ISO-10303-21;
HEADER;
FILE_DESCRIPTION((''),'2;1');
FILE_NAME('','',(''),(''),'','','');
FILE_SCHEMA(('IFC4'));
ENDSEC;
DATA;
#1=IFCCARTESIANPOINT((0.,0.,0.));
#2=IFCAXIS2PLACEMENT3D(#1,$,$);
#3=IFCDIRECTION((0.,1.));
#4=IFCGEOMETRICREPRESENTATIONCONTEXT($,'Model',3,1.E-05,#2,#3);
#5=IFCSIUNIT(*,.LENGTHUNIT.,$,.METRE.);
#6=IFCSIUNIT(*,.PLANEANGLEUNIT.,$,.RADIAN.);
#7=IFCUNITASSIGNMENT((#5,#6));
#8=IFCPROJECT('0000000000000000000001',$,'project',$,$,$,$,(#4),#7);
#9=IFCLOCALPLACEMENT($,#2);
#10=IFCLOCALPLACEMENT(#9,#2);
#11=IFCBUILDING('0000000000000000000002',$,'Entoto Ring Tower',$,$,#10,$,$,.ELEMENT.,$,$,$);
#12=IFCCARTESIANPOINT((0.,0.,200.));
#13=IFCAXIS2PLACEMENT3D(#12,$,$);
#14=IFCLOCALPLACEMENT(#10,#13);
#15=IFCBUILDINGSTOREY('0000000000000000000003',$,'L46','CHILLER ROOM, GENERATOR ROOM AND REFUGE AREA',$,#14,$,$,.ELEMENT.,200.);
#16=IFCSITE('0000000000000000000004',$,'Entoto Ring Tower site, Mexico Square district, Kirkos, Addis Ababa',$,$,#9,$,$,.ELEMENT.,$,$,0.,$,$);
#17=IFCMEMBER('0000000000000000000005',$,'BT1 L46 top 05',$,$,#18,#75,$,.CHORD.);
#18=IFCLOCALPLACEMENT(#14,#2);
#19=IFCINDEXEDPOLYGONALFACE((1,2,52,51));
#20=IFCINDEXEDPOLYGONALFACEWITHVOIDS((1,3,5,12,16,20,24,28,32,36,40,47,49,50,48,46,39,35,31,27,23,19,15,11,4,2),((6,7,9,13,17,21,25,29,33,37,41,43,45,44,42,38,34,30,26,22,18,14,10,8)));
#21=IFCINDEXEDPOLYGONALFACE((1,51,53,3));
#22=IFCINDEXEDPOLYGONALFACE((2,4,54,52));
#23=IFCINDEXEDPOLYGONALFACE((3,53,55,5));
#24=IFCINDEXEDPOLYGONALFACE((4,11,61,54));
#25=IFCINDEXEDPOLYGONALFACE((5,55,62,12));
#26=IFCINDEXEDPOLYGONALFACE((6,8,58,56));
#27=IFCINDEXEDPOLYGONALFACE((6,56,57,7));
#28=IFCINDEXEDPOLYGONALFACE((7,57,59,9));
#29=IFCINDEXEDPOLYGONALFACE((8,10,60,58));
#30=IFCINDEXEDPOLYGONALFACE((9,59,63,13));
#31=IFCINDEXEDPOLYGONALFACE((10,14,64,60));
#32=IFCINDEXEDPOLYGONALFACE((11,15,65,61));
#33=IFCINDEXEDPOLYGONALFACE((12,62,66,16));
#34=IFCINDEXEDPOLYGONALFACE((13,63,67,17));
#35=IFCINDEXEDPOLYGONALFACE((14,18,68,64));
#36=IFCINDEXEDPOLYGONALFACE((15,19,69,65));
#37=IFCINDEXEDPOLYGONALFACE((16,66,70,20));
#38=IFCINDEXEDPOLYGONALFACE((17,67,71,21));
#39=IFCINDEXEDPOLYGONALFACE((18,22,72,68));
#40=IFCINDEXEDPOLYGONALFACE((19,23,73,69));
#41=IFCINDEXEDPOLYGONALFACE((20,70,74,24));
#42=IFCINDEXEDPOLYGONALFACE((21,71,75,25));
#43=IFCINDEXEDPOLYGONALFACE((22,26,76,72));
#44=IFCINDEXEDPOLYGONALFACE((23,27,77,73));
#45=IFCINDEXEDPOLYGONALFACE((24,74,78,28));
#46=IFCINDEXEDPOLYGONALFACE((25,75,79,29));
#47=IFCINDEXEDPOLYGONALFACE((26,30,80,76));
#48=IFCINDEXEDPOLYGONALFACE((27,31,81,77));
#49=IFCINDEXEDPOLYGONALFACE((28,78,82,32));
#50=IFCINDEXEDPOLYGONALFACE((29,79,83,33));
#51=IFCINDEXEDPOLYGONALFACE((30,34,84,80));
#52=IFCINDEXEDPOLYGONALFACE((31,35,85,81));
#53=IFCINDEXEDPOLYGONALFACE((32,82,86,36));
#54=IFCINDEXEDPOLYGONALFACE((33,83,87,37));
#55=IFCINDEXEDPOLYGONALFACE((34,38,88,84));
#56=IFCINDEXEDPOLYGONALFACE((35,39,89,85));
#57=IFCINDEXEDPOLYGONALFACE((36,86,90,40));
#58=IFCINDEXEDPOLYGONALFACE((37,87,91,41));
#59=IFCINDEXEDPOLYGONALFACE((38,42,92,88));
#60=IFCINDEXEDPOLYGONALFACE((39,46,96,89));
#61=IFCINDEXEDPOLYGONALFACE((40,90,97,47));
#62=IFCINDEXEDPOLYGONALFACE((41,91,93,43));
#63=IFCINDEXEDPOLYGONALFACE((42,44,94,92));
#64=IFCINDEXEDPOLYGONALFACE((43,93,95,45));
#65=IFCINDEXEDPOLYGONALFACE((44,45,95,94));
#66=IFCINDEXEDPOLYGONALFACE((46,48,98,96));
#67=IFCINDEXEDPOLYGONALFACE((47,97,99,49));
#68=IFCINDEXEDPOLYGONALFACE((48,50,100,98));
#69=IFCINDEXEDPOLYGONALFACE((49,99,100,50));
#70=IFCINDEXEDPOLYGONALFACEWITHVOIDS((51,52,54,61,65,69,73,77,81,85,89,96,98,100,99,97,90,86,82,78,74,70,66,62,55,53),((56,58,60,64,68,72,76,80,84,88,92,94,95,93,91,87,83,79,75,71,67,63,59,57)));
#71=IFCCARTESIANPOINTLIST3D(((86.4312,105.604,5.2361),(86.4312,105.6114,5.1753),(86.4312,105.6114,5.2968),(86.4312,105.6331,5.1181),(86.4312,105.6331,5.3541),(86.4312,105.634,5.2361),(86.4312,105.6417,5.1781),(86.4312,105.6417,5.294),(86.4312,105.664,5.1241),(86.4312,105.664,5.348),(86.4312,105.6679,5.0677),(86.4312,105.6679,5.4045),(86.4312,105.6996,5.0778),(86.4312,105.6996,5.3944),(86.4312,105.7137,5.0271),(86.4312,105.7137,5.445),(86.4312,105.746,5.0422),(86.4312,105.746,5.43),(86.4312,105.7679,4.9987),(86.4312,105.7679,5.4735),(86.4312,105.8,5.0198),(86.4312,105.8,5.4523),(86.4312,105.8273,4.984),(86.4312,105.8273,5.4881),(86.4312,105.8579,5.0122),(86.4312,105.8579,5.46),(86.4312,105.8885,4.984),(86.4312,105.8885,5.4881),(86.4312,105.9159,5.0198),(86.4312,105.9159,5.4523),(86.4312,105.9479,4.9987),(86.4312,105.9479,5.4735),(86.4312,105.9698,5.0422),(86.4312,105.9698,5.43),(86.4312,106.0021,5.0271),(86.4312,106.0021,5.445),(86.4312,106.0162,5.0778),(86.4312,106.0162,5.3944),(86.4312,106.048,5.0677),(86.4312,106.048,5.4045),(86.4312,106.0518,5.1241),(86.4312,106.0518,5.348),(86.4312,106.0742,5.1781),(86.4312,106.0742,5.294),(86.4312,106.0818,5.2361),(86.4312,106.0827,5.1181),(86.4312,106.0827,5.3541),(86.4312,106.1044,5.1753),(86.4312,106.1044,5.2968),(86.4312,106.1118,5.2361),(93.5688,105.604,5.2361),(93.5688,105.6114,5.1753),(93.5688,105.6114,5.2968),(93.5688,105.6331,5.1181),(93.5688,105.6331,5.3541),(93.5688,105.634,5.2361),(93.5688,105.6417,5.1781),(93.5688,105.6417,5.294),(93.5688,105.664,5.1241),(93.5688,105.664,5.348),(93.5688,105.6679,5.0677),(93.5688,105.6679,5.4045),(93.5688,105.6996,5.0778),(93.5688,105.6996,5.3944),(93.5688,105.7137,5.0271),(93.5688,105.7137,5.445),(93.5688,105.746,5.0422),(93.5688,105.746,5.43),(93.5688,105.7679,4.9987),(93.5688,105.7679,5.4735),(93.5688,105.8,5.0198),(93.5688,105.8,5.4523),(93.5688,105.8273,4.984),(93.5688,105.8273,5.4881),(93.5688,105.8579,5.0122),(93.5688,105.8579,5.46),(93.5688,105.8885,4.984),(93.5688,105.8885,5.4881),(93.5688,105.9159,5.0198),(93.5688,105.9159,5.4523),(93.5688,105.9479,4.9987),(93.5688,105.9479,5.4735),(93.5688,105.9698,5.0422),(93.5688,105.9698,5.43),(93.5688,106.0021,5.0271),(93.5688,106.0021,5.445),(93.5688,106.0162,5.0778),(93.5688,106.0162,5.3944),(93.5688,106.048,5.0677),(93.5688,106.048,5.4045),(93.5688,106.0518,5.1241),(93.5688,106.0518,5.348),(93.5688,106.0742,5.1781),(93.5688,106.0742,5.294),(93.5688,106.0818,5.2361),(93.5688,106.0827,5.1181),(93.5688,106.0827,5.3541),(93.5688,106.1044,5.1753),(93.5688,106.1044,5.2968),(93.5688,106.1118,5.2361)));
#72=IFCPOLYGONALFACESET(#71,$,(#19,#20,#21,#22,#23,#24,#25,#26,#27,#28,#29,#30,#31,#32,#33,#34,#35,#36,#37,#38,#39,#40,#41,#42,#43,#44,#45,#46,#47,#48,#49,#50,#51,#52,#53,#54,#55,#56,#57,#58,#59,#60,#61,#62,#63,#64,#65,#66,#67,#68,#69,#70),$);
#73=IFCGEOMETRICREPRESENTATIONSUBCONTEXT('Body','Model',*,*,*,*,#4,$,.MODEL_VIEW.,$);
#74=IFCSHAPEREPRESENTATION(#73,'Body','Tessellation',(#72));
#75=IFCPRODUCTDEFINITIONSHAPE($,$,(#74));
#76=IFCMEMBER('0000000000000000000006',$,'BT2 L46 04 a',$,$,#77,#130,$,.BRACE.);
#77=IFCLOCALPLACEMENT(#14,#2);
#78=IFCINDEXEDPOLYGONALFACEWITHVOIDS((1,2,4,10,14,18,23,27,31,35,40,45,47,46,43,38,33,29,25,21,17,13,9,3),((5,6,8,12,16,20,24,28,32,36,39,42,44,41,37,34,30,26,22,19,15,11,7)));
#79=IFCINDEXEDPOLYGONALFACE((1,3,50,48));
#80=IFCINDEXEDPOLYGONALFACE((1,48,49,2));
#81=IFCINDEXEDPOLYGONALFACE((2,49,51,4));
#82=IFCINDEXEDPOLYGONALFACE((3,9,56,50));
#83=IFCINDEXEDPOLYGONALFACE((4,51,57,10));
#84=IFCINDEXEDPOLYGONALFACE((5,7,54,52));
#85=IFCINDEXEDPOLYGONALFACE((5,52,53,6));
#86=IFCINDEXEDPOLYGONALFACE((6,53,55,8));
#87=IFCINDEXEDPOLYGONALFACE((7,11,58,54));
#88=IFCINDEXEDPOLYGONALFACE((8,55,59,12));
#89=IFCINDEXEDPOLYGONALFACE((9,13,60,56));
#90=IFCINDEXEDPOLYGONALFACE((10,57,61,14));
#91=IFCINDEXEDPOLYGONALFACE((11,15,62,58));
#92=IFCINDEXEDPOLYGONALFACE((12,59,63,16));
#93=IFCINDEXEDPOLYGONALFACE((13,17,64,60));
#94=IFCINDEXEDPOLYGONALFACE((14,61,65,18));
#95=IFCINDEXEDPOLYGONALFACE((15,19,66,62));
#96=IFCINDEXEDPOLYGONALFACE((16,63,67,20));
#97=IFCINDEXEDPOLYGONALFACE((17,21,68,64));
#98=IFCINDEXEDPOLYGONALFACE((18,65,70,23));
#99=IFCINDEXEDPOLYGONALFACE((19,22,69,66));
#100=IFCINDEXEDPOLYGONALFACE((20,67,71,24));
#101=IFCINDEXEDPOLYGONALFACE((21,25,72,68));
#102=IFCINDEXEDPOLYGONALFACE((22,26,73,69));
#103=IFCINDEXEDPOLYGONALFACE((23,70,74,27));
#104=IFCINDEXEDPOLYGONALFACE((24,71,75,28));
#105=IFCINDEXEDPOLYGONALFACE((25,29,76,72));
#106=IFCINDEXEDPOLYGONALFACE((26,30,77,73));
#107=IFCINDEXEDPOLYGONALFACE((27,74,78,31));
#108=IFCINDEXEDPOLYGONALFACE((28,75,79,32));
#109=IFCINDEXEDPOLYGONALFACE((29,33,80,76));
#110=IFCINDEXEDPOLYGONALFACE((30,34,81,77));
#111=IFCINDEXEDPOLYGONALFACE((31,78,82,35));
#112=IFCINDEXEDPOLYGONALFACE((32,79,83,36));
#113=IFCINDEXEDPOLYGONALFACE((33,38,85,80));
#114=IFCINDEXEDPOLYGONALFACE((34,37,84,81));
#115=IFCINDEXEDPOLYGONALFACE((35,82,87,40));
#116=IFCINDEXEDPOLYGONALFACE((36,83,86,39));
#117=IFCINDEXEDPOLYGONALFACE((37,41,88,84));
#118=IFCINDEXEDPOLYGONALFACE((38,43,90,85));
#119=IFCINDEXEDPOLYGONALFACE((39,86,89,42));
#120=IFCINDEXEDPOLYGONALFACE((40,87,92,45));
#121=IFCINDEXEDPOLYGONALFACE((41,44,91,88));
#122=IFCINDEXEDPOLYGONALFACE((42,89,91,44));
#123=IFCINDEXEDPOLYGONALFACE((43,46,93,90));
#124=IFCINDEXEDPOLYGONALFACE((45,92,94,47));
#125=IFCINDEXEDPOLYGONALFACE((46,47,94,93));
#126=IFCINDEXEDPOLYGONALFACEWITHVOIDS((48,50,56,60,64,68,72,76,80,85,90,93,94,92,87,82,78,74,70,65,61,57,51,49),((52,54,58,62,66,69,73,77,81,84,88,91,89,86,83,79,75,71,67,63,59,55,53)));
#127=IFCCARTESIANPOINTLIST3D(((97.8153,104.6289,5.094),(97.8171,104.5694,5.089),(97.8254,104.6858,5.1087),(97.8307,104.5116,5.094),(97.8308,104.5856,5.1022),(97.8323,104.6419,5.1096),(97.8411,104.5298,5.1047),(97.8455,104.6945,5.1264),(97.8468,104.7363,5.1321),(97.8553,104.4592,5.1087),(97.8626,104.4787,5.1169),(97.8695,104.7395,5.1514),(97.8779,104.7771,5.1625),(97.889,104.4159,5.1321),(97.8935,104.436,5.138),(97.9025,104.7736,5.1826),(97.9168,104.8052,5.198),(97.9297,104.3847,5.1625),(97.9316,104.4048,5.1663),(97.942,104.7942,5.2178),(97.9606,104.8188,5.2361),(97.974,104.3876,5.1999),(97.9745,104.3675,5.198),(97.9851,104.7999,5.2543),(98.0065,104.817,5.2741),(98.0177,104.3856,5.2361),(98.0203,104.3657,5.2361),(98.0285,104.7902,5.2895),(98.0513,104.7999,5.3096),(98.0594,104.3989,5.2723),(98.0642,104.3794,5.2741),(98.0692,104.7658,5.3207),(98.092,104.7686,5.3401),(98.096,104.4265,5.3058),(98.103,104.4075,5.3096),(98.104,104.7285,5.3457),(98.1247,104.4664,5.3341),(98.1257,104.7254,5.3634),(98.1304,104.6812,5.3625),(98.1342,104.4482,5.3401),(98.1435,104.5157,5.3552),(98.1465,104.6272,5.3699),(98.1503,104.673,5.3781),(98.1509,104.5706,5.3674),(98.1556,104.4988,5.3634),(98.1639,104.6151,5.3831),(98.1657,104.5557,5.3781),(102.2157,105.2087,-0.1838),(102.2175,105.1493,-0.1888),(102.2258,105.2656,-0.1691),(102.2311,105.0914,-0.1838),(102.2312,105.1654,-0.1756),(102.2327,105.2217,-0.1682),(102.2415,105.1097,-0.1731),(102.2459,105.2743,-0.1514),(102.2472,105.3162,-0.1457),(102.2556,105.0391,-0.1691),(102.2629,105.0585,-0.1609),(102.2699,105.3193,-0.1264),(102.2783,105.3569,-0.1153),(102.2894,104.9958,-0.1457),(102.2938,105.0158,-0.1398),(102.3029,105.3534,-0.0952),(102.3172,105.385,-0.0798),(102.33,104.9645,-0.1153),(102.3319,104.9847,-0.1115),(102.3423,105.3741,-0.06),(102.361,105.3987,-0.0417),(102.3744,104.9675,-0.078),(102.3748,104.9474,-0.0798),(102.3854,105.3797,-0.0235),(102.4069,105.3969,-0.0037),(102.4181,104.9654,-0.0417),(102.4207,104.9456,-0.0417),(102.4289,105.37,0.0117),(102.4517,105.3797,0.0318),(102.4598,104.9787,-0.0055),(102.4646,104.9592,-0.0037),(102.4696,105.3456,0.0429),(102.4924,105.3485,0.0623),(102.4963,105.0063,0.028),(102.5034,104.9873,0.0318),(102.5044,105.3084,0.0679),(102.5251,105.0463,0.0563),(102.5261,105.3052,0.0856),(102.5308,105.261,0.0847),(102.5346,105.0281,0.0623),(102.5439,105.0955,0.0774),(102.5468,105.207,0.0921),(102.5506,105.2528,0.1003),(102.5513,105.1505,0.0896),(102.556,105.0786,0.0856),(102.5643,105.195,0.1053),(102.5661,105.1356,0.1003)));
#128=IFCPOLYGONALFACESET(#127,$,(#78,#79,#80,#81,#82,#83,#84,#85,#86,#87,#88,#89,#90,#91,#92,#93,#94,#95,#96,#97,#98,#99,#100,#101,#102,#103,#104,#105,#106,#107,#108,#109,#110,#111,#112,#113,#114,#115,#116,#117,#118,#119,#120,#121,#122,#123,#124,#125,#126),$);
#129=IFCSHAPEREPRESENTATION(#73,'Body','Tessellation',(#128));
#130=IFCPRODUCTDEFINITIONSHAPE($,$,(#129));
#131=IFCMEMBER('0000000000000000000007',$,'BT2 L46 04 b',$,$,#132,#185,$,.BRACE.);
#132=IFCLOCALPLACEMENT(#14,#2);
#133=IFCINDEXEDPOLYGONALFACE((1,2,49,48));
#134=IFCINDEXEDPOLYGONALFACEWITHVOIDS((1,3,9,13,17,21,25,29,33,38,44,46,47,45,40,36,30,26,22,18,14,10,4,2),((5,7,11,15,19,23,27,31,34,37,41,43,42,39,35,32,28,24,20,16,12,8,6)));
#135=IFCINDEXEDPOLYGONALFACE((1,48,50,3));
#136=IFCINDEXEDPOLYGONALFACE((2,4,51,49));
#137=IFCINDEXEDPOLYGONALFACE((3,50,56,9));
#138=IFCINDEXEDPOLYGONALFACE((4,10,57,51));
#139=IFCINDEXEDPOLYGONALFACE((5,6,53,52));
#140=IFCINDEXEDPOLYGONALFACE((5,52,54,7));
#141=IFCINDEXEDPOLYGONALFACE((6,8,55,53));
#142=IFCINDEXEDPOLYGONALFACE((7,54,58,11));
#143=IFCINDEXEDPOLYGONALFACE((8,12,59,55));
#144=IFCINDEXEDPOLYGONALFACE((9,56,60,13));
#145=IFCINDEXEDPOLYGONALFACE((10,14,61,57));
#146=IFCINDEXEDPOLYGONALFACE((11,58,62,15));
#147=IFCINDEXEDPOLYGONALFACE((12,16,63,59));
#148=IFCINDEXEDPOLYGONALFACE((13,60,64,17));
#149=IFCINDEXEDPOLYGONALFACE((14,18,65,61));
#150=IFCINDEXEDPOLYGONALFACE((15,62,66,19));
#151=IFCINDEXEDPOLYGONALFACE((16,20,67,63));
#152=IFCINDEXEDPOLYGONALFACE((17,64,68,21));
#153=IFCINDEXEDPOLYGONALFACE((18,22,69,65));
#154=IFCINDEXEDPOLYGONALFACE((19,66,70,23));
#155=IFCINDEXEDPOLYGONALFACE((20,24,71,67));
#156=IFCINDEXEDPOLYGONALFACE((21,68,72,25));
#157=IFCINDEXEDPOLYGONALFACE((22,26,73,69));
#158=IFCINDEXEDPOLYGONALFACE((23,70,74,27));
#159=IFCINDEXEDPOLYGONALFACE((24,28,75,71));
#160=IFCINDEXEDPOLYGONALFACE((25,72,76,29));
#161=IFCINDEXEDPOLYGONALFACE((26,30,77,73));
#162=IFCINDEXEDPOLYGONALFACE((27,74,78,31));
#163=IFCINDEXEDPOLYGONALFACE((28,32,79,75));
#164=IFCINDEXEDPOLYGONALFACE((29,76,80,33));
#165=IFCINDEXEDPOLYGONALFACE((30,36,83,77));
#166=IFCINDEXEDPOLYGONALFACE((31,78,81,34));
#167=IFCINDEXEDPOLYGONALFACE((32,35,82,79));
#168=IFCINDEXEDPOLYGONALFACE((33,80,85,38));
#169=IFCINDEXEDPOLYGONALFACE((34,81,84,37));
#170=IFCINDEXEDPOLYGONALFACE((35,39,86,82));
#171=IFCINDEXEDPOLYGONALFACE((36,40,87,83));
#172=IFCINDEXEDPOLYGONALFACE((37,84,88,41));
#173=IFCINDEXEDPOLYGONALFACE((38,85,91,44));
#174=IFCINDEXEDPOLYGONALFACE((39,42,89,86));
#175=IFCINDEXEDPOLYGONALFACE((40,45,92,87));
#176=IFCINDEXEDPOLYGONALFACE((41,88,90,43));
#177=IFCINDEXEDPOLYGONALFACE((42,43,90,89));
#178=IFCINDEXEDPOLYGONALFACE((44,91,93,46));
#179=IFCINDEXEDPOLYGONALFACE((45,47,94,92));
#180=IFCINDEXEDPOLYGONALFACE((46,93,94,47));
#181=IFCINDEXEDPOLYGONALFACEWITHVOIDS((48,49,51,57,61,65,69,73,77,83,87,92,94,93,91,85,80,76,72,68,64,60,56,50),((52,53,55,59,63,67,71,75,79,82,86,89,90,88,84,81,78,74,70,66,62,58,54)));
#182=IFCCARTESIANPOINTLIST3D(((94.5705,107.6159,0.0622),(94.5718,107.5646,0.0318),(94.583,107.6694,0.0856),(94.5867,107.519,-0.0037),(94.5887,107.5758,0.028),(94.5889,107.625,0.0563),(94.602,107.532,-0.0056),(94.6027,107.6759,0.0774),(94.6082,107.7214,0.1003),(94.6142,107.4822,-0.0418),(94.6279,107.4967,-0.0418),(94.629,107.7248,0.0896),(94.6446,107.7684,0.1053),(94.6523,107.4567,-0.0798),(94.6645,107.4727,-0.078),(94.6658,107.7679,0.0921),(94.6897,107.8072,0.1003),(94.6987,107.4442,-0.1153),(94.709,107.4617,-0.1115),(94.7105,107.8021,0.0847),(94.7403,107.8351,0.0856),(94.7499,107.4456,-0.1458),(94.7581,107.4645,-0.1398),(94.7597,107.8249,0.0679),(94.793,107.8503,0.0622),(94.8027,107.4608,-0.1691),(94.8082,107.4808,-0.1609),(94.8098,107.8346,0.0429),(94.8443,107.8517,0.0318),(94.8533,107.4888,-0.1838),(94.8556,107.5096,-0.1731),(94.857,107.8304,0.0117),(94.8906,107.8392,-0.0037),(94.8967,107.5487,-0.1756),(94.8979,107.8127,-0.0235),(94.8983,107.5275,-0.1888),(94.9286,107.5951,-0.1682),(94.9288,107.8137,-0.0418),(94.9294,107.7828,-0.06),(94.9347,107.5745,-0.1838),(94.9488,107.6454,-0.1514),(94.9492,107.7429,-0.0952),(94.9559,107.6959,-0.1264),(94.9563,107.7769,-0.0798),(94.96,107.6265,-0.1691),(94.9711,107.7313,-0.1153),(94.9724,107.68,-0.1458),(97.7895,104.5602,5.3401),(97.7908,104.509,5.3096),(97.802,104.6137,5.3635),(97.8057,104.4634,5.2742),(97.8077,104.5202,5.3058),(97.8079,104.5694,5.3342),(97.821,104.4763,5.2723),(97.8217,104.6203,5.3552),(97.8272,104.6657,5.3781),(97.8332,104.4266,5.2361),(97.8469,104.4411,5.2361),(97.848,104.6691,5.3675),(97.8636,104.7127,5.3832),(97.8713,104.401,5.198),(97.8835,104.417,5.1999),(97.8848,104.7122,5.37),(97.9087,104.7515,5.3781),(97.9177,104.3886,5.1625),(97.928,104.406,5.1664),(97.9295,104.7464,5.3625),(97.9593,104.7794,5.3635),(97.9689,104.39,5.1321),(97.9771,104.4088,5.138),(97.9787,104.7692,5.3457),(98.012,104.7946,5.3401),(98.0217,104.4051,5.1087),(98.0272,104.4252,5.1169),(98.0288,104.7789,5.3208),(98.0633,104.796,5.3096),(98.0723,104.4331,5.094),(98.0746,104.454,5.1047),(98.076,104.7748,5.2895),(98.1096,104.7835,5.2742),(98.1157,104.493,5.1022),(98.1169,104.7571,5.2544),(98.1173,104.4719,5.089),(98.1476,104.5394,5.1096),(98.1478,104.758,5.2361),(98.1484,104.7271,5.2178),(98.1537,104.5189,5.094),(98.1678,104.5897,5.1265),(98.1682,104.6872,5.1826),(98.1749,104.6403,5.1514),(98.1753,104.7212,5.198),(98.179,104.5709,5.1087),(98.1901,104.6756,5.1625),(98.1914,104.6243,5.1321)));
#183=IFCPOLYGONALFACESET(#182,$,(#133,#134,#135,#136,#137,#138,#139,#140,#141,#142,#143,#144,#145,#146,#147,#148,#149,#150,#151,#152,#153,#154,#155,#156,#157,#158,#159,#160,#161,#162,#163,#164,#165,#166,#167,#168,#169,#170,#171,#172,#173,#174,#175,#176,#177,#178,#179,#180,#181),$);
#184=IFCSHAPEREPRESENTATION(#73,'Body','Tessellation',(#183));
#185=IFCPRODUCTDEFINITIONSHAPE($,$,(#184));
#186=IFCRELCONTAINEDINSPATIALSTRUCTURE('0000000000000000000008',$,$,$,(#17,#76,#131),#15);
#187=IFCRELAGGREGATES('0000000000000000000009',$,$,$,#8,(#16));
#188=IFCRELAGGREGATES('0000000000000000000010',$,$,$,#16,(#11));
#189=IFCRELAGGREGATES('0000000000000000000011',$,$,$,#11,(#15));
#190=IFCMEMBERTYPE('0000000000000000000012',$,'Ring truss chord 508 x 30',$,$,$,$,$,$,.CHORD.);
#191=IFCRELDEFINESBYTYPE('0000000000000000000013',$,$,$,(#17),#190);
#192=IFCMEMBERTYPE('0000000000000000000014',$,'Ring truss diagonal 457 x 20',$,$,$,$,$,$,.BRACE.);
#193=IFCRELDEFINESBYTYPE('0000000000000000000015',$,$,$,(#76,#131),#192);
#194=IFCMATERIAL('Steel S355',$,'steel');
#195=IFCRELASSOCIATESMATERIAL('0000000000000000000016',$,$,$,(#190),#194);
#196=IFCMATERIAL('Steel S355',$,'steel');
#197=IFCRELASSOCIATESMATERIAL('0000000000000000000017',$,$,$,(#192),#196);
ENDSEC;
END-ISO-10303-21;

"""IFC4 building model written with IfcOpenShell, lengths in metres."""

from ifc_helpers import new_model, si_unit, direction, frame, origin, origin_2d, place, context, subcontext, project, spatial, circle, hollow_circle, extrude, material, material_profile, profile_set, type_object, element, save


model = new_model("IFC4")

# Units and contexts
model_context = context("Model", 3, precision=1e-05, world=origin(), true_north=direction((0.0, 1.0)))
body_context = subcontext(model_context, "Body", "Model", "MODEL_VIEW")
ifc_project = project(units=[si_unit("LENGTHUNIT", "METRE"), si_unit("PLANEANGLEUNIT", "RADIAN")], contexts=[model_context])

# Site, building, storey
site_placement = place(None, origin())
site = spatial("IfcSite", under=ifc_project, at=site_placement, Name="Entoto Ring Tower site, Mexico Square district, Kirkos, Addis Ababa", CompositionType="ELEMENT", RefElevation=0.0)
building_placement = place(site_placement, origin())
building = spatial("IfcBuilding", under=site, at=building_placement, Name="Entoto Ring Tower", CompositionType="ELEMENT")
storey_placement = place(building_placement, frame((0.0, 0.0, 200.0)))
storey = spatial("IfcBuildingStorey", under=building, at=storey_placement, Name="L46", Description="CHILLER ROOM, GENERATOR ROOM AND REFUGE AREA", CompositionType="ELEMENT", Elevation=200.0)

# Members
ifc_material_1 = material(Name="Steel S355", Category="steel")
ifc_material_profile_1 = material_profile(ifc_material_1, hollow_circle(Radius=0.2539, WallThickness=0.03, at=origin_2d()), Name="CHS 508 x 30")
ifc_material_2 = material(Name="Concrete C60/75", Category="concrete")
ifc_material_profile_2 = material_profile(ifc_material_2, circle(Radius=0.2241, at=origin_2d()), Name="Concrete C60/75 infill")
ifc_profile_set_1 = profile_set([ifc_material_profile_1, ifc_material_profile_2], Name="Steel S355")
member_type_1 = type_object("IfcMemberType", Name="Ring truss chord 508 x 30", PredefinedType="CHORD", material=ifc_profile_set_1)
member_1_placement = place(storey_placement, frame((93.5688, 105.8579, 5.2361), z_axis=(-1.0, 0.0, 0.0), x_axis=(0.0, -1.0, 0.0)))
element("IfcMember", 1, at=member_1_placement, inside=storey, type_object=member_type_1, Name="BT1 L46 top 05", PredefinedType="CHORD", context=body_context, shape_type="SweptSolid", body=[
    extrude(hollow_circle(Radius=0.2539, WallThickness=0.03, at=origin_2d()), origin(), (0.0, 0.0, 1.0), 7.1377),
])
ifc_material_3 = material(Name="Steel S355", Category="steel")
ifc_material_profile_3 = material_profile(ifc_material_3, hollow_circle(Radius=0.2285, WallThickness=0.02, at=origin_2d()), Name="CHS 457 x 20")
ifc_material_4 = material(Name="Concrete C60/75", Category="concrete")
ifc_material_profile_4 = material_profile(ifc_material_4, circle(Radius=0.2085, at=origin_2d()), Name="Concrete C60/75 infill")
ifc_profile_set_2 = profile_set([ifc_material_profile_3, ifc_material_profile_4], Name="Steel S355")
member_type_2 = type_object("IfcMemberType", Name="Ring truss diagonal 457 x 20", PredefinedType="BRACE", material=ifc_profile_set_2)
for number, where, z_axis, x_axis, name in (
    (2, (102.3909, 105.1721, -0.0417), (-0.638105, -0.084082, 0.765344), (0.130639, -0.99143, 0.0), "BT2 L46 04 a"),
    (3, (97.9905, 104.5923, 5.2361), (-0.466793, 0.443108, -0.765349), (-0.688468, -0.725267, 0.0), "BT2 L46 04 b"),
):
    element("IfcMember", number, at=place(storey_placement, frame(where, z_axis=z_axis, x_axis=x_axis)), inside=storey, type_object=member_type_2, Name=name, PredefinedType="BRACE", context=body_context, shape_type="SweptSolid", body=[
        extrude(hollow_circle(Radius=0.2285, WallThickness=0.02, at=origin_2d()), origin(), (0.0, 0.0, 1.0), 6.896),
    ])

save(model, "model.ifc")
